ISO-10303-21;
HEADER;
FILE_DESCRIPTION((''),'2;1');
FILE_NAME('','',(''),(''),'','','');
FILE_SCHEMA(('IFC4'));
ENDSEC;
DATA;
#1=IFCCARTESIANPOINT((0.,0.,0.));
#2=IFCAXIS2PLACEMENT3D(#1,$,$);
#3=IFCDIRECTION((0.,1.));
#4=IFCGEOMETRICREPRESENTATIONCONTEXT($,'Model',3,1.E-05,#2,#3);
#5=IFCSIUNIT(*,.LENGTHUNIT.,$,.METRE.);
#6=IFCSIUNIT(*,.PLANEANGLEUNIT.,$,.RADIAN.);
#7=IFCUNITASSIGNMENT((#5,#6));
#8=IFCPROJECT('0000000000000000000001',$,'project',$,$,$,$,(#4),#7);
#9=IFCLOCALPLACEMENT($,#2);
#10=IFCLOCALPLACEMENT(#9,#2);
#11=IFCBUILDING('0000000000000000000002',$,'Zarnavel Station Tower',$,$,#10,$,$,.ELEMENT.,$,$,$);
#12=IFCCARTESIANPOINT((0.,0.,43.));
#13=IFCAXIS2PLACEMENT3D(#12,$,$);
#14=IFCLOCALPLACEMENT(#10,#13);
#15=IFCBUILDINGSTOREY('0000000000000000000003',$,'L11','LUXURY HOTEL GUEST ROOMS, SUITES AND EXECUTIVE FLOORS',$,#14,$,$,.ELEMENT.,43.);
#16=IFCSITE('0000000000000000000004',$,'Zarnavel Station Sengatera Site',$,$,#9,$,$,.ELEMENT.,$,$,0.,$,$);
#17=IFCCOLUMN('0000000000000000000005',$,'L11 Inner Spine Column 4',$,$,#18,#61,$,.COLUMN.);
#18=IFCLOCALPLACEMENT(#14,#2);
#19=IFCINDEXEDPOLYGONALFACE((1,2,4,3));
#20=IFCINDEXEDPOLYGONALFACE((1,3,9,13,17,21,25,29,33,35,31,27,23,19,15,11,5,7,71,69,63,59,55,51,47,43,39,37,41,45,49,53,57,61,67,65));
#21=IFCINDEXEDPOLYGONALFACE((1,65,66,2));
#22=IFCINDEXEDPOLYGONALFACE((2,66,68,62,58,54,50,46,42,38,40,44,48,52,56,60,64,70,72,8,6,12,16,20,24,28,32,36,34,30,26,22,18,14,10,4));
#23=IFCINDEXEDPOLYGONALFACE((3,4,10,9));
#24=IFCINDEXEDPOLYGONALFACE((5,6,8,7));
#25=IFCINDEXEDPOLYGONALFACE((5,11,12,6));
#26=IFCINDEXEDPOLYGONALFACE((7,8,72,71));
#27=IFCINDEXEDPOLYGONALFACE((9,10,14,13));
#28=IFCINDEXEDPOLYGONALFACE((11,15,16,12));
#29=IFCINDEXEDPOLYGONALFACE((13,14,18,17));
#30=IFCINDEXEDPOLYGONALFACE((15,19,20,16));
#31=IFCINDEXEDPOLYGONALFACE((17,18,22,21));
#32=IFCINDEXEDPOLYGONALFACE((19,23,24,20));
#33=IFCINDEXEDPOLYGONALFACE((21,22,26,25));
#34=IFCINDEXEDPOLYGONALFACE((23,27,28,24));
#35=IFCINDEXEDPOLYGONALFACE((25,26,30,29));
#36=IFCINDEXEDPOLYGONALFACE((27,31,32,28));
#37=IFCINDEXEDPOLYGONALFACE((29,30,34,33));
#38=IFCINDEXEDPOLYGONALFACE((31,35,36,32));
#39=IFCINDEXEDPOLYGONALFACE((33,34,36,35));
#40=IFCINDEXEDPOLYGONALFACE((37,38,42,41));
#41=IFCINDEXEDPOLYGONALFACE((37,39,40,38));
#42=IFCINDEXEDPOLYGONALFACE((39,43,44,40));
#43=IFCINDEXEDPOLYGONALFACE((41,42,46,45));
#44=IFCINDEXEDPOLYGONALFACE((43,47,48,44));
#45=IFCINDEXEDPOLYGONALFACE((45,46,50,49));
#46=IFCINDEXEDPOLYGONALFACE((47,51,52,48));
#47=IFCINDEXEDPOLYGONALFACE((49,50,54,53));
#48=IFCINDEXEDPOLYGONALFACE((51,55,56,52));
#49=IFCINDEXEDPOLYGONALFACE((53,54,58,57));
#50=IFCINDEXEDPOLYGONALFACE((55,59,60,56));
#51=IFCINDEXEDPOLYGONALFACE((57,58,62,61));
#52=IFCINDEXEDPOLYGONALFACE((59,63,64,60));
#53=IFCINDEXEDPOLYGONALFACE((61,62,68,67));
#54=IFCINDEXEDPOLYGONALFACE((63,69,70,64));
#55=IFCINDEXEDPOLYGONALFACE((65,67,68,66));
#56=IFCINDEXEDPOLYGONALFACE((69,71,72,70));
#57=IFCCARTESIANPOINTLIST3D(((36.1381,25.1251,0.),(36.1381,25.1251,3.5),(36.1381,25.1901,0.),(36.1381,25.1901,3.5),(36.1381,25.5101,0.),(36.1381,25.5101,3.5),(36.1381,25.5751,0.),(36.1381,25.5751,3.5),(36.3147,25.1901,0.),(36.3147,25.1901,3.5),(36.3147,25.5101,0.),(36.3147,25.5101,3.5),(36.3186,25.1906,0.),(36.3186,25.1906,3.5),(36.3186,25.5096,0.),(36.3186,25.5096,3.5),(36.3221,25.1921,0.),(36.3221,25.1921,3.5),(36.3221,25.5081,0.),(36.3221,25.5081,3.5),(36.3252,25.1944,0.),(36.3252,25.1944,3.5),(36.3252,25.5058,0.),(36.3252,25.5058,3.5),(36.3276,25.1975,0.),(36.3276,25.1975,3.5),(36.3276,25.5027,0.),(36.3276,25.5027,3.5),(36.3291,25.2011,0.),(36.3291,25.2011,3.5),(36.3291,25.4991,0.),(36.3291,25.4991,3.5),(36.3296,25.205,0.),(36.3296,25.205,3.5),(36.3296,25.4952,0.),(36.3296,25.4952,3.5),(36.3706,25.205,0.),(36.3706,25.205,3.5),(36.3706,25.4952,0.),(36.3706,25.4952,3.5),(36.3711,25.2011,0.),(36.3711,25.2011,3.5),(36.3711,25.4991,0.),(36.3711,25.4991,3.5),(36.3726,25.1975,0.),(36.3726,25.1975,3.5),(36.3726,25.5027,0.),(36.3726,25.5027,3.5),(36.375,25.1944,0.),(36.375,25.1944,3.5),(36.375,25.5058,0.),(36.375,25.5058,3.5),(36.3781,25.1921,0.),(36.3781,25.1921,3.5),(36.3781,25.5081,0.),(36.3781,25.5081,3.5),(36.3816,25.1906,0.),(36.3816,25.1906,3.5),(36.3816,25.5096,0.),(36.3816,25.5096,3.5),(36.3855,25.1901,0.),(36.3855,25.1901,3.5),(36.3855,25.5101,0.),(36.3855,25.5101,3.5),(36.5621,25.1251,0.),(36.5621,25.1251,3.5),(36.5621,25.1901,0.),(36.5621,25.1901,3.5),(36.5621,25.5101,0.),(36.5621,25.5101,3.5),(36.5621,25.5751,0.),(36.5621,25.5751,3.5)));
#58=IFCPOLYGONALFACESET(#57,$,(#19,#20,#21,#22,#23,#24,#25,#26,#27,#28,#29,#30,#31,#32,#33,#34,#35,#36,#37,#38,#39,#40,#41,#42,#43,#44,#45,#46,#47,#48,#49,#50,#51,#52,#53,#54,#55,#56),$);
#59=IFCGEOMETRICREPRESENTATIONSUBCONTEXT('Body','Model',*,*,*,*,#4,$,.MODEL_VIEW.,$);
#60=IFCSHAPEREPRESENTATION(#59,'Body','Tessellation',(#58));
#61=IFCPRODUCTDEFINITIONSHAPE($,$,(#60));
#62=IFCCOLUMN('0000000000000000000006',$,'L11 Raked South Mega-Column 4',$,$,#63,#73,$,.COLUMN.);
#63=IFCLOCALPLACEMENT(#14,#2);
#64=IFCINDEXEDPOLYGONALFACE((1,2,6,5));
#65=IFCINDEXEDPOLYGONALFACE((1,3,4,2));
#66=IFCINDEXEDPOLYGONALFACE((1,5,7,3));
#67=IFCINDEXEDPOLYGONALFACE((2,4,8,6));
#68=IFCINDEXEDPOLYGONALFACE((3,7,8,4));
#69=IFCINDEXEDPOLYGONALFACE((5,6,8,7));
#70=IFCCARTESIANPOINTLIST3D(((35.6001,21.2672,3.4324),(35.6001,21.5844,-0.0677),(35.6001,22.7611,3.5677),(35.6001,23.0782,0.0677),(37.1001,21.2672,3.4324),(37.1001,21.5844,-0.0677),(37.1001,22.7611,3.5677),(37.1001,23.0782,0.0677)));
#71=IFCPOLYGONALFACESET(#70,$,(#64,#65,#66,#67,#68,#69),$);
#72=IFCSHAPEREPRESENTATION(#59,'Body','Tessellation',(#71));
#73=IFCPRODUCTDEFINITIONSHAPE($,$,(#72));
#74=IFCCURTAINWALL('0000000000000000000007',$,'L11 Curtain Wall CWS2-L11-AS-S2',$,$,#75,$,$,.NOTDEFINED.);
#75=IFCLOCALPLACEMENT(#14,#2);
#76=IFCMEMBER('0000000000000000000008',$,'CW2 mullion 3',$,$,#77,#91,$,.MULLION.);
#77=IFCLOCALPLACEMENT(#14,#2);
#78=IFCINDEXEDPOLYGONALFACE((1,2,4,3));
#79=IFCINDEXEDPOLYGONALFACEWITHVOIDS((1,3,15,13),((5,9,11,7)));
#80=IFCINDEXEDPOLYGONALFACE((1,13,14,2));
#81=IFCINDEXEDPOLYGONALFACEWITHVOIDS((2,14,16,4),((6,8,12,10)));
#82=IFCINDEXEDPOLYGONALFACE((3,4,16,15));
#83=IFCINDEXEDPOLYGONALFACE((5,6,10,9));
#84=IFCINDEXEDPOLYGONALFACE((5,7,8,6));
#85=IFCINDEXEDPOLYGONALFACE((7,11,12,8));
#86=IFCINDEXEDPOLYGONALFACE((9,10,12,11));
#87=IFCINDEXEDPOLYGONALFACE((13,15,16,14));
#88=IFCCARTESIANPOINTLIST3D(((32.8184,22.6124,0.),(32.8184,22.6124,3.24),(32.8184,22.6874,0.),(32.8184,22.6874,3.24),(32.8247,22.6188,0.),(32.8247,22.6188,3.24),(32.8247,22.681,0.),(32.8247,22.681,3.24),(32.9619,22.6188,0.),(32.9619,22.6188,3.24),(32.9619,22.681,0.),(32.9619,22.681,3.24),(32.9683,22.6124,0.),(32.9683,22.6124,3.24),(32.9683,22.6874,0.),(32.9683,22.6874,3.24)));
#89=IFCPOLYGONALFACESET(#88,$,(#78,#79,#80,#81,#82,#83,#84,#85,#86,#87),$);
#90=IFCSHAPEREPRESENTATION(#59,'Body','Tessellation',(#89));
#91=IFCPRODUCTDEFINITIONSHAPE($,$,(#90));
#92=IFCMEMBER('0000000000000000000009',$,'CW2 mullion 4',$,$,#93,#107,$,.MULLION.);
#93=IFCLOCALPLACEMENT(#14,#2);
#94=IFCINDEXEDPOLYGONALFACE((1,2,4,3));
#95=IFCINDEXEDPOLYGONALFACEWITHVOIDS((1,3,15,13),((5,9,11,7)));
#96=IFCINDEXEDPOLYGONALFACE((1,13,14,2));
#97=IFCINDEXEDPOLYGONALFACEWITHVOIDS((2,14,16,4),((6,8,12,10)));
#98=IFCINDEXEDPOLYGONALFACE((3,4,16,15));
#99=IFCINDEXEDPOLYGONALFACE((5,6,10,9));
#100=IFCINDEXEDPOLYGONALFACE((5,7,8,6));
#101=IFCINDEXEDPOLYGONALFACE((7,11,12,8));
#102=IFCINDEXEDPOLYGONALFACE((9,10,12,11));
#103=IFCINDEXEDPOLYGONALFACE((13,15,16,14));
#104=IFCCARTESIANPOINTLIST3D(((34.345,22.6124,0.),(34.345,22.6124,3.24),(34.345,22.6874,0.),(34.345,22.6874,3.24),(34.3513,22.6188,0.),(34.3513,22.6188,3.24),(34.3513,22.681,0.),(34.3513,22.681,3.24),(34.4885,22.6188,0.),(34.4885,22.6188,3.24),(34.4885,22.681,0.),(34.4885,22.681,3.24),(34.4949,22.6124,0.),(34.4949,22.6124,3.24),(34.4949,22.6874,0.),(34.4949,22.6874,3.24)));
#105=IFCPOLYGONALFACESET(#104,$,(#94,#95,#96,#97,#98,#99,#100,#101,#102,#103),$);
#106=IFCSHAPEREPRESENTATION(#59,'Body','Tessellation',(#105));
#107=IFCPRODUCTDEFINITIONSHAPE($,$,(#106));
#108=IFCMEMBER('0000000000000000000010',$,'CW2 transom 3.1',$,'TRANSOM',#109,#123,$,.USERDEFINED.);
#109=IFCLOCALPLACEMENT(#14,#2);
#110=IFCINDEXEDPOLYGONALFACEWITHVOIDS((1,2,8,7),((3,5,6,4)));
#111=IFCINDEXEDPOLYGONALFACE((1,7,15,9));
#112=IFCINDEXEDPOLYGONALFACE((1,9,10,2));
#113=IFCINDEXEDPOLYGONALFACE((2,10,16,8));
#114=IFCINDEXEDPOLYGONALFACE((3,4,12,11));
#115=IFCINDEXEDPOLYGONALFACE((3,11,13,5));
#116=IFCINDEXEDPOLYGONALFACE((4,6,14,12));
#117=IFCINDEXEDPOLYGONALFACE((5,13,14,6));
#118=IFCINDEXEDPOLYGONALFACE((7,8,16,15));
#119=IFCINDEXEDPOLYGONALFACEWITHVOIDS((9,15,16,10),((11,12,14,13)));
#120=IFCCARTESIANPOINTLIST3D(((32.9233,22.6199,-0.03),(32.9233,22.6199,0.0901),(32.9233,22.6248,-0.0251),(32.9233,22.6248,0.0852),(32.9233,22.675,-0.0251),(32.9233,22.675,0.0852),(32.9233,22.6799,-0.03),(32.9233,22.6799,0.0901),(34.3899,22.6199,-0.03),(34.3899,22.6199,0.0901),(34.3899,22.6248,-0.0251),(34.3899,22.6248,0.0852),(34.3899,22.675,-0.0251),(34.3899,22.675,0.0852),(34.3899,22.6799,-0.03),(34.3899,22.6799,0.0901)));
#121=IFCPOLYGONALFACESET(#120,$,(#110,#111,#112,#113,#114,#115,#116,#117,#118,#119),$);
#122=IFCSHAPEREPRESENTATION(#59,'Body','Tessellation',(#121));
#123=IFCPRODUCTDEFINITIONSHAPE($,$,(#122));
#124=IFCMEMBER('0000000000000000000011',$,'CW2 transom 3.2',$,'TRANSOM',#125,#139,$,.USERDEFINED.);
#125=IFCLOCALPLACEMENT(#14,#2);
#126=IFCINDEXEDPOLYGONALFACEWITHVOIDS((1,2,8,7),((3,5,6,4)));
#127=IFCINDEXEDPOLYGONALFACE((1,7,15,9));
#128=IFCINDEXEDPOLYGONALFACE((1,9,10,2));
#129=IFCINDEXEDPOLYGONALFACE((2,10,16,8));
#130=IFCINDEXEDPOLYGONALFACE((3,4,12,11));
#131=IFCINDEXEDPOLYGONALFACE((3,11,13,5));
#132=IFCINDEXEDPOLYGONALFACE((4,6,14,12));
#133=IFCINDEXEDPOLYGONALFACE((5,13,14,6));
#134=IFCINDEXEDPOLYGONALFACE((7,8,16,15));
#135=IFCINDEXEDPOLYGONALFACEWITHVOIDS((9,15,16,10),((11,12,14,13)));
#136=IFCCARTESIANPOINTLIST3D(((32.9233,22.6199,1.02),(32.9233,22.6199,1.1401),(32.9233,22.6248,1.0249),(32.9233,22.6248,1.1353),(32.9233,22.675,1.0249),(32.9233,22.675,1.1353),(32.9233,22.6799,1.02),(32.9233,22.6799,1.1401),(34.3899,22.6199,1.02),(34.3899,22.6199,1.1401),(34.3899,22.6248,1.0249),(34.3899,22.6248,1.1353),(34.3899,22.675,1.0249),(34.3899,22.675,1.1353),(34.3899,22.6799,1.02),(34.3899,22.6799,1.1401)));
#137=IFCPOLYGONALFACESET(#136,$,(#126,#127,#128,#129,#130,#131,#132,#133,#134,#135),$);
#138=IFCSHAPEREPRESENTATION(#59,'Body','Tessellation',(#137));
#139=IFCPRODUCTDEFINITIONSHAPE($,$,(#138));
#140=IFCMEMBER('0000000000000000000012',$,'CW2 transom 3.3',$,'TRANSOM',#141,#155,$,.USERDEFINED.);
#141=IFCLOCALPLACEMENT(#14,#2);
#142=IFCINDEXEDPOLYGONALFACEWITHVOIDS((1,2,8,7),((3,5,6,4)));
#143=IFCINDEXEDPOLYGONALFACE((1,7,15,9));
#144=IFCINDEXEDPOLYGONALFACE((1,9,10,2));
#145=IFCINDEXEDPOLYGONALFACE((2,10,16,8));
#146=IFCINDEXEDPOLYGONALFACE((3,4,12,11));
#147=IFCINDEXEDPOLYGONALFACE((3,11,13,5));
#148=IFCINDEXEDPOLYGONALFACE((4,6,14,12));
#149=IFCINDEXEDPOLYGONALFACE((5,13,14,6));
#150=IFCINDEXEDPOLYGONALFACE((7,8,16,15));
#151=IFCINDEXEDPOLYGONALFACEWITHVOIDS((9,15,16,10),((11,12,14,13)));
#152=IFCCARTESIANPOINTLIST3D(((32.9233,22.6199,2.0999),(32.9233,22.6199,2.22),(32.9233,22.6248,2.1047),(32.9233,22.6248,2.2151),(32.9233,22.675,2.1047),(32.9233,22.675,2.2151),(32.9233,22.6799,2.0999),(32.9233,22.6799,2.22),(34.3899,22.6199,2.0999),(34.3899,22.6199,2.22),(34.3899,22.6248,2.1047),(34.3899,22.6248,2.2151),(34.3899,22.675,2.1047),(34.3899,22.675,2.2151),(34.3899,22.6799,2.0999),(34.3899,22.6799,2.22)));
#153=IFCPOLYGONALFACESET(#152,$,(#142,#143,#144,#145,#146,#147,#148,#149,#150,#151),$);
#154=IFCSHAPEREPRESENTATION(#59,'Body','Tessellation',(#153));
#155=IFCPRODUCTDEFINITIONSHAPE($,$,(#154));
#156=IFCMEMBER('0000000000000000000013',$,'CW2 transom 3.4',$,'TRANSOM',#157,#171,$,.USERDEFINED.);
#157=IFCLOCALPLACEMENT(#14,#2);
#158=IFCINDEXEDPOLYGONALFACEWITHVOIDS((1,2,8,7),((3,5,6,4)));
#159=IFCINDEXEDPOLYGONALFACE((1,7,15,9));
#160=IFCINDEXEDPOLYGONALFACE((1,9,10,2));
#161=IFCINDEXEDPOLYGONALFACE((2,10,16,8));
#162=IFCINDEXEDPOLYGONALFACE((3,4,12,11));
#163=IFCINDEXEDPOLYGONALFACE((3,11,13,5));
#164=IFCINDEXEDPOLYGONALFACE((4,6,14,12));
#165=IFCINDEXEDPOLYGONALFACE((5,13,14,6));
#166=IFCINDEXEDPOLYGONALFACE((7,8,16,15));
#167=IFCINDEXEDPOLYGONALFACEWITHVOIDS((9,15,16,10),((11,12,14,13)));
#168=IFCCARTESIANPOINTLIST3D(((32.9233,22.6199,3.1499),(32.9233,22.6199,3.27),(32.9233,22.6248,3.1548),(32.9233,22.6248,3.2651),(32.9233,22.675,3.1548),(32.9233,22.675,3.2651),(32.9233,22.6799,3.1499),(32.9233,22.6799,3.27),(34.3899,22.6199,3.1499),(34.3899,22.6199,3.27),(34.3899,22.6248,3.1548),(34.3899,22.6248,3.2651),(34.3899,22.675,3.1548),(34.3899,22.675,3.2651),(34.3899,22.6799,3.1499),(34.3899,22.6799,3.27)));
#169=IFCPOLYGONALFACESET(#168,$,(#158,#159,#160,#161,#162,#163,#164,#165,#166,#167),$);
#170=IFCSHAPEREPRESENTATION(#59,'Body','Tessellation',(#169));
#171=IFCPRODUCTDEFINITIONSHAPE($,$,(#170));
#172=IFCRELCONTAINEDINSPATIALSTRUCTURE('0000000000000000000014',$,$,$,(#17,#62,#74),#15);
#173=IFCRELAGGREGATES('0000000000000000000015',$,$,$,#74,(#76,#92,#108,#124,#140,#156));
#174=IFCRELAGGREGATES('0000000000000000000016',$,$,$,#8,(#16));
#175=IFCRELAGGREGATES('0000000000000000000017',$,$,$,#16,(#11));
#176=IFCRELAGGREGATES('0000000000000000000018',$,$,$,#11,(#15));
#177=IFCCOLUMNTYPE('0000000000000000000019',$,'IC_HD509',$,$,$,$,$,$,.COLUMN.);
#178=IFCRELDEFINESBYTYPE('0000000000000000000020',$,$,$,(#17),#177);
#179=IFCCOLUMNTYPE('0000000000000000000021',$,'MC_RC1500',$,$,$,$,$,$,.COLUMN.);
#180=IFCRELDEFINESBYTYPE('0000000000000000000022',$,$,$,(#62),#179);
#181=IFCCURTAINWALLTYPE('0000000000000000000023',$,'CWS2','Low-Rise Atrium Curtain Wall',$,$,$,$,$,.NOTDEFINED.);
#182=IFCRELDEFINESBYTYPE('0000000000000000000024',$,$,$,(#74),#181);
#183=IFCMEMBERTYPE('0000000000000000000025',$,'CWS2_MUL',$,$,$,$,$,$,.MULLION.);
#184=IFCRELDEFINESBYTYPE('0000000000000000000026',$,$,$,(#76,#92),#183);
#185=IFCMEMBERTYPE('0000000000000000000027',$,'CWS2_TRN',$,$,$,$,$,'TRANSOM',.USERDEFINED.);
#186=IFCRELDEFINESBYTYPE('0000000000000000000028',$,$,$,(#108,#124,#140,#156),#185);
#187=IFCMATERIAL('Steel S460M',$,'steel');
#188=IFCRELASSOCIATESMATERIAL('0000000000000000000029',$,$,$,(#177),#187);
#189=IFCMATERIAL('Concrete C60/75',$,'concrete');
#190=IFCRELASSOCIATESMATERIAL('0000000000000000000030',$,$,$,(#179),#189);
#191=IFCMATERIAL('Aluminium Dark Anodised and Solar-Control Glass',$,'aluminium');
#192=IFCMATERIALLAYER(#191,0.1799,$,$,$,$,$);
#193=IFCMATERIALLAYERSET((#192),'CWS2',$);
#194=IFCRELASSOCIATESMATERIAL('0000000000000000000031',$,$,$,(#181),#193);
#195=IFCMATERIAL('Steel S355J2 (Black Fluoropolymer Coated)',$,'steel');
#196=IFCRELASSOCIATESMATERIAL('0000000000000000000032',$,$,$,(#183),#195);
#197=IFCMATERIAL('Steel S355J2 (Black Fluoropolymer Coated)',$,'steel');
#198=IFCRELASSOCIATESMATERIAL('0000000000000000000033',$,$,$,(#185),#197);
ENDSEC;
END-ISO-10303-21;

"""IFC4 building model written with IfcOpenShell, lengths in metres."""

from ifc_helpers import new_model, si_unit, direction, frame, origin, origin_2d, place, context, subcontext, project, spatial, rectangle, hollow_rectangle, i_section, extrude, material, layer, layer_set, material_profile, profile_set, type_object, element, aggregate, save


model = new_model("IFC4")

# Units and contexts
model_context = context("Model", 3, precision=1e-05, world=origin(), true_north=direction((0.0, 1.0)))
body_context = subcontext(model_context, "Body", "Model", "MODEL_VIEW")
ifc_project = project(units=[si_unit("LENGTHUNIT", "METRE"), si_unit("PLANEANGLEUNIT", "RADIAN")], contexts=[model_context])

# Site, building, storey
site_placement = place(None, origin())
site = spatial("IfcSite", under=ifc_project, at=site_placement, Name="Zarnavel Station Sengatera Site", CompositionType="ELEMENT", RefElevation=0.0)
building_placement = place(site_placement, origin())
building = spatial("IfcBuilding", under=site, at=building_placement, Name="Zarnavel Station Tower", CompositionType="ELEMENT")
storey_placement = place(building_placement, frame((0.0, 0.0, 43.0)))
storey = spatial("IfcBuildingStorey", under=building, at=storey_placement, Name="L11", Description="LUXURY HOTEL GUEST ROOMS, SUITES AND EXECUTIVE FLOORS", CompositionType="ELEMENT", Elevation=43.0)

# Columns
ifc_material_1 = material(Name="Steel S460M", Category="steel")
ifc_material_profile_1 = material_profile(ifc_material_1, i_section(OverallWidth=0.4241, OverallDepth=0.45, WebThickness=0.041, FlangeThickness=0.0649, FilletRadius=0.0149, at=origin_2d()), Name="HD400x509")
ifc_profile_set_1 = profile_set([ifc_material_profile_1], Name="Steel S460M")
column_type_1 = type_object("IfcColumnType", Name="IC_HD509", PredefinedType="COLUMN", material=ifc_profile_set_1)
column_1_placement = place(storey_placement, frame((36.3501, 25.3501, 0.0), z_axis=(0.0, 0.0, 1.0), x_axis=(1.0, 0.0, 0.0)))
element("IfcColumn", 1, at=column_1_placement, inside=storey, type_object=column_type_1, Name="L11 Inner Spine Column 4", PredefinedType="COLUMN", context=body_context, shape_type="SweptSolid", body=[
    extrude(i_section(OverallWidth=0.4241, OverallDepth=0.45, WebThickness=0.041, FlangeThickness=0.0649, FilletRadius=0.0149, at=origin_2d()), origin(), (0.0, 0.0, 1.0), 3.5),
])
ifc_material_2 = material(Name="Concrete C60/75", Category="concrete")
ifc_material_profile_2 = material_profile(ifc_material_2, rectangle(XDim=1.5, YDim=1.5, at=origin_2d()), Name="RC1500x1500")
ifc_profile_set_2 = profile_set([ifc_material_profile_2], Name="Concrete C60/75")
column_type_2 = type_object("IfcColumnType", Name="MC_RC1500", PredefinedType="COLUMN", material=ifc_profile_set_2)
column_2_placement = place(storey_placement, frame((36.3501, 22.3313, 0.0), z_axis=(0.0, -0.090241, 0.99592), x_axis=(1.0, 0.0, 0.0)))
element("IfcColumn", 2, at=column_2_placement, inside=storey, type_object=column_type_2, Name="L11 Raked South Mega-Column 4", PredefinedType="COLUMN", context=body_context, shape_type="SweptSolid", body=[
    extrude(rectangle(XDim=1.5, YDim=1.5, at=origin_2d()), origin(), (0.0, 0.0, 1.0), 3.5144),
])

# Curtain wall, members
ifc_material_3 = material(Name="Aluminium Dark Anodised and Solar-Control Glass", Category="aluminium")
ifc_layer_1 = layer(ifc_material_3, 0.1799)
ifc_layer_set_1 = layer_set([ifc_layer_1], Name="CWS2")
curtain_wall_type = type_object("IfcCurtainWallType", Name="CWS2", Description="Low-Rise Atrium Curtain Wall", PredefinedType="NOTDEFINED", material=ifc_layer_set_1)
curtain_wall_placement = place(storey_placement, origin())
curtain_wall = element("IfcCurtainWall", 3, at=curtain_wall_placement, inside=storey, type_object=curtain_wall_type, Name="L11 Curtain Wall CWS2-L11-AS-S2", PredefinedType="NOTDEFINED")
ifc_material_4 = material(Name="Steel S355J2 (Black Fluoropolymer Coated)", Category="steel")
ifc_material_profile_3 = material_profile(ifc_material_4, hollow_rectangle(XDim=0.075, YDim=0.1499, WallThickness=0.0063, at=origin_2d()), Name="RHS150x75x6.3")
ifc_profile_set_3 = profile_set([ifc_material_profile_3], Name="Steel S355J2 (Black Fluoropolymer Coated)")
member_type_1 = type_object("IfcMemberType", Name="CWS2_MUL", PredefinedType="MULLION", material=ifc_profile_set_3)
member_1_placement = place(storey_placement, frame((32.8933, 22.6499, 0.0), z_axis=(0.0, 0.0, 1.0), x_axis=(0.0, 1.0, 0.0)))
member_1 = element("IfcMember", 4, at=member_1_placement, type_object=member_type_1, Name="CW2 mullion 3", PredefinedType="MULLION", context=body_context, shape_type="SweptSolid", body=[
    extrude(hollow_rectangle(XDim=0.075, YDim=0.1499, WallThickness=0.0063, at=origin_2d()), origin(), (0.0, 0.0, 1.0), 3.24),
])
member_2_placement = place(storey_placement, frame((34.4199, 22.6499, 0.0), z_axis=(0.0, 0.0, 1.0), x_axis=(0.0, 1.0, 0.0)))
member_2 = element("IfcMember", 5, at=member_2_placement, type_object=member_type_1, Name="CW2 mullion 4", PredefinedType="MULLION", context=body_context, shape_type="SweptSolid", body=[
    extrude(hollow_rectangle(XDim=0.075, YDim=0.1499, WallThickness=0.0063, at=origin_2d()), origin(), (0.0, 0.0, 1.0), 3.24),
])
ifc_material_5 = material(Name="Steel S355J2 (Black Fluoropolymer Coated)", Category="steel")
ifc_material_profile_4 = material_profile(ifc_material_5, hollow_rectangle(XDim=0.0601, YDim=0.1201, WallThickness=0.0049, at=origin_2d()), Name="RHS120x60x5")
ifc_profile_set_4 = profile_set([ifc_material_profile_4], Name="Steel S355J2 (Black Fluoropolymer Coated)")
member_type_2 = type_object("IfcMemberType", Name="CWS2_TRN", ElementType="TRANSOM", PredefinedType="USERDEFINED", material=ifc_profile_set_4)
member_3_placement = place(storey_placement, frame((32.9233, 22.6499, 0.03), z_axis=(1.0, 0.0, 0.0), x_axis=(0.0, 1.0, 0.0)))
member_3 = element("IfcMember", 6, at=member_3_placement, type_object=member_type_2, Name="CW2 transom 3.1", ObjectType="TRANSOM", PredefinedType="USERDEFINED", context=body_context, shape_type="SweptSolid", body=[
    extrude(hollow_rectangle(XDim=0.0601, YDim=0.1201, WallThickness=0.0049, at=origin_2d()), origin(), (0.0, 0.0, 1.0), 1.4666),
])
member_4_placement = place(storey_placement, frame((32.9233, 22.6499, 1.0801), z_axis=(1.0, 0.0, 0.0), x_axis=(0.0, 1.0, 0.0)))
member_4 = element("IfcMember", 7, at=member_4_placement, type_object=member_type_2, Name="CW2 transom 3.2", ObjectType="TRANSOM", PredefinedType="USERDEFINED", context=body_context, shape_type="SweptSolid", body=[
    extrude(hollow_rectangle(XDim=0.0601, YDim=0.1201, WallThickness=0.0049, at=origin_2d()), origin(), (0.0, 0.0, 1.0), 1.4666),
])
member_5_placement = place(storey_placement, frame((32.9233, 22.6499, 2.1599), z_axis=(1.0, 0.0, 0.0), x_axis=(0.0, 1.0, 0.0)))
member_5 = element("IfcMember", 8, at=member_5_placement, type_object=member_type_2, Name="CW2 transom 3.3", ObjectType="TRANSOM", PredefinedType="USERDEFINED", context=body_context, shape_type="SweptSolid", body=[
    extrude(hollow_rectangle(XDim=0.0601, YDim=0.1201, WallThickness=0.0049, at=origin_2d()), origin(), (0.0, 0.0, 1.0), 1.4666),
])
member_6_placement = place(storey_placement, frame((32.9233, 22.6499, 3.21), z_axis=(1.0, 0.0, 0.0), x_axis=(0.0, 1.0, 0.0)))
member_6 = element("IfcMember", 9, at=member_6_placement, type_object=member_type_2, Name="CW2 transom 3.4", ObjectType="TRANSOM", PredefinedType="USERDEFINED", context=body_context, shape_type="SweptSolid", body=[
    extrude(hollow_rectangle(XDim=0.0601, YDim=0.1201, WallThickness=0.0049, at=origin_2d()), origin(), (0.0, 0.0, 1.0), 1.4666),
])

aggregate(curtain_wall, [member_1, member_2, member_3, member_4, member_5, member_6])

save(model, "model.ifc")
